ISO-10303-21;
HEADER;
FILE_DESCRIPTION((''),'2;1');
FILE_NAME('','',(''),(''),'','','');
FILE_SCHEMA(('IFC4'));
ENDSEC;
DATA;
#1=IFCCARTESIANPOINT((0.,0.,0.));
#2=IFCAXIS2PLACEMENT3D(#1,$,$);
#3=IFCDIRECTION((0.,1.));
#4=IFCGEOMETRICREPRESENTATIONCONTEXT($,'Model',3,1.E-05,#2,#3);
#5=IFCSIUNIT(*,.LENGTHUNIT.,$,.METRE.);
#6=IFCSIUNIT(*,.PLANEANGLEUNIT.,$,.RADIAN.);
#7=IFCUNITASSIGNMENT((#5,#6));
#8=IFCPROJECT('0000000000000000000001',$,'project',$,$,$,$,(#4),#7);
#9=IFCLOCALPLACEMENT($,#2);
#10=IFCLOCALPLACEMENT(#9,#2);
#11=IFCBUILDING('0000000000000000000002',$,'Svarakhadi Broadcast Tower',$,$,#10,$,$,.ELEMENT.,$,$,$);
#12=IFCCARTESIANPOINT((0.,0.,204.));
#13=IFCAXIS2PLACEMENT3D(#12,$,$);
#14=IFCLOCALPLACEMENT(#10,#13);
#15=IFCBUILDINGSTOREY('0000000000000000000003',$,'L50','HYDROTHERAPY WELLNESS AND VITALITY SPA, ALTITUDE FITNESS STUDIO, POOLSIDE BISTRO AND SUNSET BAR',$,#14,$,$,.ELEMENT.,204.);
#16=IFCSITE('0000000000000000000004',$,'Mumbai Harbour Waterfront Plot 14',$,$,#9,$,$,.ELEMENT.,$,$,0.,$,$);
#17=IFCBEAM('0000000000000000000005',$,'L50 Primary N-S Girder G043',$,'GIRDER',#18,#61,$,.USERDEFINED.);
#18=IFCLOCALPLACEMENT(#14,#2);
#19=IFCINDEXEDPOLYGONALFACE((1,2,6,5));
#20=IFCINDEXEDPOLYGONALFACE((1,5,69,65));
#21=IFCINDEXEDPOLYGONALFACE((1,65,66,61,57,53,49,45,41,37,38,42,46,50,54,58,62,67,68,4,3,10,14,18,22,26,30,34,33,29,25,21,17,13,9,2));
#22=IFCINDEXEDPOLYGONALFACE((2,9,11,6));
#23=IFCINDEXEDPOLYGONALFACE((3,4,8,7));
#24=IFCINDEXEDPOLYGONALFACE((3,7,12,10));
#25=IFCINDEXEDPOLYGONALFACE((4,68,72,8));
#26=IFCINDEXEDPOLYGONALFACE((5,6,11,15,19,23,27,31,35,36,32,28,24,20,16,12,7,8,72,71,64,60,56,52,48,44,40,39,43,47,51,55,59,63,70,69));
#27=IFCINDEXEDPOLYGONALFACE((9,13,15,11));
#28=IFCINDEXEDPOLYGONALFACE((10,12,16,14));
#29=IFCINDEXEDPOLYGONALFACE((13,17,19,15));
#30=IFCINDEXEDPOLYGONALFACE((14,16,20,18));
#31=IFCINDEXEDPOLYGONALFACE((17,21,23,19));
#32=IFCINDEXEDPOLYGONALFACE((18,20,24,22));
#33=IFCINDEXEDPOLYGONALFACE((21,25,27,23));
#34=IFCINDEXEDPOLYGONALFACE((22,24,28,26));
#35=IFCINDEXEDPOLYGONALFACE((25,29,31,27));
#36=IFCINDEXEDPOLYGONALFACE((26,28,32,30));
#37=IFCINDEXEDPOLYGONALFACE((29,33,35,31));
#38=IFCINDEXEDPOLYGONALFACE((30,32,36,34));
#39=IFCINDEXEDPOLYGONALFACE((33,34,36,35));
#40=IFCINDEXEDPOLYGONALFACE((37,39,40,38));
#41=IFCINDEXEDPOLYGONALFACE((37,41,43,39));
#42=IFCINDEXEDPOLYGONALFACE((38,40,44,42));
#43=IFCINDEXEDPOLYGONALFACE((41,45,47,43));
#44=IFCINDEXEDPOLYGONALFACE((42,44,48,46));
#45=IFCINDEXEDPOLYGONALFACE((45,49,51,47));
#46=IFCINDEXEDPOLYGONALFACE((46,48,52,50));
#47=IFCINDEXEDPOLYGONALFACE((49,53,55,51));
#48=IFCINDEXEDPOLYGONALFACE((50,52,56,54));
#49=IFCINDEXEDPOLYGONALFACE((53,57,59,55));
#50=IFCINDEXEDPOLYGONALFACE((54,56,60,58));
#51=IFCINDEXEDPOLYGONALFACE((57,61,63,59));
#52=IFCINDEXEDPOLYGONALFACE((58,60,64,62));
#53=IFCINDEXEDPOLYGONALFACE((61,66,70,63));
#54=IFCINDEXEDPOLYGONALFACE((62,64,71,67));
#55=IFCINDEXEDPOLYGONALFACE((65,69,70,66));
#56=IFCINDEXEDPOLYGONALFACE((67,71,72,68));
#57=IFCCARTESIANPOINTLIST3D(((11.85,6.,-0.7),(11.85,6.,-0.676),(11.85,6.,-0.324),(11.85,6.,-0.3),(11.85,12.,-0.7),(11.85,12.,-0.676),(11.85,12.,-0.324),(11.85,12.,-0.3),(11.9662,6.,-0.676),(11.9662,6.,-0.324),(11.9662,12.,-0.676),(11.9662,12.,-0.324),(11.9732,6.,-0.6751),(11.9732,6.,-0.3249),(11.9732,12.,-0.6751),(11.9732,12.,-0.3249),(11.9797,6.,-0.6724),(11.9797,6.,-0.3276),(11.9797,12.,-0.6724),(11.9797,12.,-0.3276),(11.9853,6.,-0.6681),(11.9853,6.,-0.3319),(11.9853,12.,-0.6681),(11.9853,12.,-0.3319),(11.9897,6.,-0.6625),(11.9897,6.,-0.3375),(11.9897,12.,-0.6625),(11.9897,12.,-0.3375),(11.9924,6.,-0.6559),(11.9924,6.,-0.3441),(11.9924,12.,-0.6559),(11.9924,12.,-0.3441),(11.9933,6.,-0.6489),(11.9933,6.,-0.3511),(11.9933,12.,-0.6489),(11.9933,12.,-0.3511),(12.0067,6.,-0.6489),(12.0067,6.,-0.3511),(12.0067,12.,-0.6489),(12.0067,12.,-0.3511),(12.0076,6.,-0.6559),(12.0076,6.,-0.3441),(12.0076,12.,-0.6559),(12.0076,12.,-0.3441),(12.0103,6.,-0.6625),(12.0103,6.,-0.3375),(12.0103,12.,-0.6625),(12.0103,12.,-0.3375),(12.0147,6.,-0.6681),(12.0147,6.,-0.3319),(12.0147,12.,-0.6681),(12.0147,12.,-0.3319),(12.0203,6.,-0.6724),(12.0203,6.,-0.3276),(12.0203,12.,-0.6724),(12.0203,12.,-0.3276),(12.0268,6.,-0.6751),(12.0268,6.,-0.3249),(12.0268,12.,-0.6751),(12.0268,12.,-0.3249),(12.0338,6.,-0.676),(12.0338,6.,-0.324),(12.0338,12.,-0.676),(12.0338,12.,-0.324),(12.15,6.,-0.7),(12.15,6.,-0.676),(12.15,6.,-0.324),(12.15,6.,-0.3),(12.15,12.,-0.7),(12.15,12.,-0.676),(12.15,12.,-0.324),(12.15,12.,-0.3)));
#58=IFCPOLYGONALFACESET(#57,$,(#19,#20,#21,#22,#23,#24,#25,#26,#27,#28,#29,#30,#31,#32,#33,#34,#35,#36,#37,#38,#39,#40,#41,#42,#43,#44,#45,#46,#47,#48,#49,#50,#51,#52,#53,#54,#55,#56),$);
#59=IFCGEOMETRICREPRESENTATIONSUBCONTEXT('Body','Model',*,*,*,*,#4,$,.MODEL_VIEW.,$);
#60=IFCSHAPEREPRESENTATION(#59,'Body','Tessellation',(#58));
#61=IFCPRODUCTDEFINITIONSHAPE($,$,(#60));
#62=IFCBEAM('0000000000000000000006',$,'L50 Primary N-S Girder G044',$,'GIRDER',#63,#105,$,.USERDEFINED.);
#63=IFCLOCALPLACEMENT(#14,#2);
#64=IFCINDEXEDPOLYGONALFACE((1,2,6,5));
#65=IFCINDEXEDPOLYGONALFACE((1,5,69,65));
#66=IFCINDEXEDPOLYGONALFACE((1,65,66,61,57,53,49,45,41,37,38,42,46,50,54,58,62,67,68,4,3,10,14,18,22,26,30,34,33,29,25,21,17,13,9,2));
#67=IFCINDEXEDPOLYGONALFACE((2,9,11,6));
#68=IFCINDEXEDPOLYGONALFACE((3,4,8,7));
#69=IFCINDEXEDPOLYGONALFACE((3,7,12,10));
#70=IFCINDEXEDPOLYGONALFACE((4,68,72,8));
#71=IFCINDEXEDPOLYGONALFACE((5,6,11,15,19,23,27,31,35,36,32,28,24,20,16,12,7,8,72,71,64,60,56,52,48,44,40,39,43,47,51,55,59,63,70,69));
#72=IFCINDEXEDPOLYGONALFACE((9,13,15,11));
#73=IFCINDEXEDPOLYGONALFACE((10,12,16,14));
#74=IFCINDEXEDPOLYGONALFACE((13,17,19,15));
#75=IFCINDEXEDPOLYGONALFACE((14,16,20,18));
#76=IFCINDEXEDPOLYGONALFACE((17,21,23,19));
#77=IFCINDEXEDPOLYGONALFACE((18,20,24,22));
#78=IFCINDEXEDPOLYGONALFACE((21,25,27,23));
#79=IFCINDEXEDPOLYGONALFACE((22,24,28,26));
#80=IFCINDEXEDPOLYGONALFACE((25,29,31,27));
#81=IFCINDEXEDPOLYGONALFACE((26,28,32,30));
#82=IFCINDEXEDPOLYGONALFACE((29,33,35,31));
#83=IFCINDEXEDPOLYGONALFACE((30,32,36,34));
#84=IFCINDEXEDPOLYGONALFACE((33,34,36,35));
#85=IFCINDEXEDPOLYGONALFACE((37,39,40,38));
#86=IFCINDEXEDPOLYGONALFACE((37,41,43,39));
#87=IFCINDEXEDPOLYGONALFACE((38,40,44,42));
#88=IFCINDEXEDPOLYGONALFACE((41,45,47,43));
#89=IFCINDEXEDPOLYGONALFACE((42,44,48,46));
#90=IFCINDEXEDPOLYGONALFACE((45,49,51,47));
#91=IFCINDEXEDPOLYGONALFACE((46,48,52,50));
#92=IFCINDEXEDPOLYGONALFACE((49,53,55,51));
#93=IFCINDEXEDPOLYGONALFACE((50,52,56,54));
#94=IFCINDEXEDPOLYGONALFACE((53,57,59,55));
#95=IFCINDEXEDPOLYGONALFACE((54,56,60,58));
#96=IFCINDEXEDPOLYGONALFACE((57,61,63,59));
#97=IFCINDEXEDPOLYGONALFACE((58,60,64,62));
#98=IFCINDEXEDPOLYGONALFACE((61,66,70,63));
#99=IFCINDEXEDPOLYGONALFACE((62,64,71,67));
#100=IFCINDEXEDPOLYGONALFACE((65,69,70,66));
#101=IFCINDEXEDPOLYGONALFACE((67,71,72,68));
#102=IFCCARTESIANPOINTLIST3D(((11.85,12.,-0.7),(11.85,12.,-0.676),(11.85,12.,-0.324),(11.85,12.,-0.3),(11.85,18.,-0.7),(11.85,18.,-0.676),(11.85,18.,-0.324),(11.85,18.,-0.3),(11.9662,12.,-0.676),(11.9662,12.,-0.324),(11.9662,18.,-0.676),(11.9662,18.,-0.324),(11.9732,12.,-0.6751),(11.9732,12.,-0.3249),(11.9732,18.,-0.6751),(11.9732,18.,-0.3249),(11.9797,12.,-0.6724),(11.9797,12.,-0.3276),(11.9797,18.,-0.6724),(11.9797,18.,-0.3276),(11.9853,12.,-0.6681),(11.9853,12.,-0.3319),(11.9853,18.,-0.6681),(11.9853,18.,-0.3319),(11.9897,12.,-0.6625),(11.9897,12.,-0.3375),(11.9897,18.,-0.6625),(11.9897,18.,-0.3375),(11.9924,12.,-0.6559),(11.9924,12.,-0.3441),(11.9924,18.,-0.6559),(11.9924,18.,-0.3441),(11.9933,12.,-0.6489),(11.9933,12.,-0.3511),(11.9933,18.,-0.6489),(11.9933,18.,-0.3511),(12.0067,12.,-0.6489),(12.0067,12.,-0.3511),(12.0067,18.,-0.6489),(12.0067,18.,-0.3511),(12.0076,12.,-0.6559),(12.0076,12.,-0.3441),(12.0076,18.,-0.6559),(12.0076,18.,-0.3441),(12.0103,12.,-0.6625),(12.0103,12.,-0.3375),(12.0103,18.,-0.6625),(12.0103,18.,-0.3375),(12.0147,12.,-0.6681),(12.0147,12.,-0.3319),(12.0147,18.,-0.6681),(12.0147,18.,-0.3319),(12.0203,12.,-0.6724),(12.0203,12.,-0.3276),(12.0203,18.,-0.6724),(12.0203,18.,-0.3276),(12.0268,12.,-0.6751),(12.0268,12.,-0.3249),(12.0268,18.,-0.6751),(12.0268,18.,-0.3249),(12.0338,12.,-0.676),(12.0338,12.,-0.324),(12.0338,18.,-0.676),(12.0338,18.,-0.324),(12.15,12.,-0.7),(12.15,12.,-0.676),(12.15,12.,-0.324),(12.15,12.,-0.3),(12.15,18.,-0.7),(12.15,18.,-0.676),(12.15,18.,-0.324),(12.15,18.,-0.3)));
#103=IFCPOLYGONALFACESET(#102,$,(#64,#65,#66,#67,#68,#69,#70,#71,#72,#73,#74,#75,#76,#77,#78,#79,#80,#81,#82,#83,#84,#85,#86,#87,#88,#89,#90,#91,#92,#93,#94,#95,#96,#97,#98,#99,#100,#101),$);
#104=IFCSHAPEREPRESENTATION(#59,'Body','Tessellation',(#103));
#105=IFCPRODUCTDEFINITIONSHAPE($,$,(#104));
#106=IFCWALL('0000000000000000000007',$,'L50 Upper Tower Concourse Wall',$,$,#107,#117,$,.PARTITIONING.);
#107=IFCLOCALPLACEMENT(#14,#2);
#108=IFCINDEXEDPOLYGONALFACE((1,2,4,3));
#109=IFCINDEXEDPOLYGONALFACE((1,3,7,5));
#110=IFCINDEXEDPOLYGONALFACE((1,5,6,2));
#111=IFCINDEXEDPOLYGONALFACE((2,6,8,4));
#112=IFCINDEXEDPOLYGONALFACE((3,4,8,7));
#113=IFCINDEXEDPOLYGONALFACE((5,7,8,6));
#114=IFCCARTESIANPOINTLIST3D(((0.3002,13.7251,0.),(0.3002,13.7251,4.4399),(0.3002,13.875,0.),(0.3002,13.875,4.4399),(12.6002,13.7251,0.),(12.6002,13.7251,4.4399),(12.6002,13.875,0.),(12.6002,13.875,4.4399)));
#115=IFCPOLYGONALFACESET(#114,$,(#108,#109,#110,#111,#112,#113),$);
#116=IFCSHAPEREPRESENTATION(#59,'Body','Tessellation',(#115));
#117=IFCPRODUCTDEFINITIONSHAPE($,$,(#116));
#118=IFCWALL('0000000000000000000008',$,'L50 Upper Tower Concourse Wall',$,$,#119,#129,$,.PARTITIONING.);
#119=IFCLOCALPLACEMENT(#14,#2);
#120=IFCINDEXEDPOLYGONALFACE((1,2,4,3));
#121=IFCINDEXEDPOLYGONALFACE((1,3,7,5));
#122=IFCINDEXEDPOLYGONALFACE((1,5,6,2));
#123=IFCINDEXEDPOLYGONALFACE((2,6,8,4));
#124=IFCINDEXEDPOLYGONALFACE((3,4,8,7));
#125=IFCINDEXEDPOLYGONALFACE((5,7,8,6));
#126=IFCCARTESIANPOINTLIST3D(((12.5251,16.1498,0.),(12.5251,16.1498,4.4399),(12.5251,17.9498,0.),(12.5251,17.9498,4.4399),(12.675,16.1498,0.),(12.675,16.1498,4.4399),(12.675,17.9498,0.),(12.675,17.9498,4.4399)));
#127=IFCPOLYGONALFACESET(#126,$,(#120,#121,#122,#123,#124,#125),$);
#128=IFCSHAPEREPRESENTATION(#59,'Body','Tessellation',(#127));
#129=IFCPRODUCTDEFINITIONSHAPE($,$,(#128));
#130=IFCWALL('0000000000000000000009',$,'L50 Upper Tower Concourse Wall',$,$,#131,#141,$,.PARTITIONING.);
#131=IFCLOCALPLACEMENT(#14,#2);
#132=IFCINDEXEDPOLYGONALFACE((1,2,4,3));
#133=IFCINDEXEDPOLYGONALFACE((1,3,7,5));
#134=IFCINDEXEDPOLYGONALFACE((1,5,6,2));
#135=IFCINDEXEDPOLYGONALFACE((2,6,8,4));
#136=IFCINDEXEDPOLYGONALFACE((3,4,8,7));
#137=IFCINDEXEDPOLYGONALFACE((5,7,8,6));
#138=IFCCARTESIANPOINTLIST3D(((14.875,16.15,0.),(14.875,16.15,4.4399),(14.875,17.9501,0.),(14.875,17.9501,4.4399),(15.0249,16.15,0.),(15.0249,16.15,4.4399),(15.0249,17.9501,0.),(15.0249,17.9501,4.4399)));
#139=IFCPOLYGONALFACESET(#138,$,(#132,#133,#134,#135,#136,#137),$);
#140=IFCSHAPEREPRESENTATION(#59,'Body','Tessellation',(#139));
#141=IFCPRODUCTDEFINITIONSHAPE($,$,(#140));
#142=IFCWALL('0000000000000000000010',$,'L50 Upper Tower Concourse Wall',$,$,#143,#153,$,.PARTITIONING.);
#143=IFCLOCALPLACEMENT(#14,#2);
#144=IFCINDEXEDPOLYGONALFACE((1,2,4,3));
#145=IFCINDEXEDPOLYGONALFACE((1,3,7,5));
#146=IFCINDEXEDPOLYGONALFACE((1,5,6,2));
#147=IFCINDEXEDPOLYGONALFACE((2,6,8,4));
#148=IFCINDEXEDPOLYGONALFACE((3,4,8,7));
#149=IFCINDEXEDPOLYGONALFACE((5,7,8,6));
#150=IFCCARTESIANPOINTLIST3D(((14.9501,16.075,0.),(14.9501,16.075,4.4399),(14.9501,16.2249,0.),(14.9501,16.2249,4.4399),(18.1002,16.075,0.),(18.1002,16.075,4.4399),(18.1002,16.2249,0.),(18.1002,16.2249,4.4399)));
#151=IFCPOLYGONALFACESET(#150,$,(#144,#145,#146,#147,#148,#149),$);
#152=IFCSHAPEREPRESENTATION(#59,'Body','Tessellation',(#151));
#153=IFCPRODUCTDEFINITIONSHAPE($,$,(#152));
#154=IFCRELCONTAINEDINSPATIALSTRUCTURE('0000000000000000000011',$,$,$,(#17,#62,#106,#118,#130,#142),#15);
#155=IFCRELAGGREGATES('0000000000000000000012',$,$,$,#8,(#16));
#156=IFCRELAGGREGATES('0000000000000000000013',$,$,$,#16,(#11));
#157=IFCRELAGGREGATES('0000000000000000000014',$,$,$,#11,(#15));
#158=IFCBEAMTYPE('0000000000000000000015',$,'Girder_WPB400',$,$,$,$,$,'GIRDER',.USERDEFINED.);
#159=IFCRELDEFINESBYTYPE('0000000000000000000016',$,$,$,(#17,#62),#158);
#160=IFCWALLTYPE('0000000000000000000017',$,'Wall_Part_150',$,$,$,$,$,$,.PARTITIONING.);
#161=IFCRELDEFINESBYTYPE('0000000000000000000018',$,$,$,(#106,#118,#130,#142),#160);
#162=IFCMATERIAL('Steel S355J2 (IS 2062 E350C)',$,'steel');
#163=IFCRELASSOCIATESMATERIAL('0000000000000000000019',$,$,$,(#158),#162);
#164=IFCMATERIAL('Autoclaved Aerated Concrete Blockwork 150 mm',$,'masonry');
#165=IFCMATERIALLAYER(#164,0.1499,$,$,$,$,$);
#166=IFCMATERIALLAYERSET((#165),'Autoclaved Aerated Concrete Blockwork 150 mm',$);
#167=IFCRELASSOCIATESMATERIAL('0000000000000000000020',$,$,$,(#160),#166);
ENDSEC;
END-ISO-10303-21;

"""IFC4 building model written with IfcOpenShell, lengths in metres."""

from ifc_helpers import new_model, si_unit, direction, frame, frame_2d, origin, origin_2d, place, context, subcontext, project, spatial, rectangle, i_section, extrude, material, layer, layer_set, material_profile, profile_set, type_object, element, save


model = new_model("IFC4")

# Units and contexts
model_context = context("Model", 3, precision=1e-05, world=origin(), true_north=direction((0.0, 1.0)))
body_context = subcontext(model_context, "Body", "Model", "MODEL_VIEW")
ifc_project = project(units=[si_unit("LENGTHUNIT", "METRE"), si_unit("PLANEANGLEUNIT", "RADIAN")], contexts=[model_context])

# Site, building, storey
site_placement = place(None, origin())
site = spatial("IfcSite", under=ifc_project, at=site_placement, Name="Mumbai Harbour Waterfront Plot 14", CompositionType="ELEMENT", RefElevation=0.0)
building_placement = place(site_placement, origin())
building = spatial("IfcBuilding", under=site, at=building_placement, Name="Svarakhadi Broadcast Tower", CompositionType="ELEMENT")
storey_placement = place(building_placement, frame((0.0, 0.0, 204.0)))
storey = spatial("IfcBuildingStorey", under=building, at=storey_placement, Name="L50", Description="HYDROTHERAPY WELLNESS AND VITALITY SPA, ALTITUDE FITNESS STUDIO, POOLSIDE BISTRO AND SUNSET BAR", CompositionType="ELEMENT", Elevation=204.0)

# Beams
ifc_material_1 = material(Name="Steel S355J2 (IS 2062 E350C)", Category="steel")
ifc_material_profile_1 = material_profile(ifc_material_1, i_section(OverallWidth=0.3, OverallDepth=0.3999, WebThickness=0.0134, FlangeThickness=0.0239, FilletRadius=0.0271, at=origin_2d()), Name="WPB 400x300x155")
ifc_profile_set_1 = profile_set([ifc_material_profile_1], Name="Steel S355J2 (IS 2062 E350C)")
beam_type_1 = type_object("IfcBeamType", Name="Girder_WPB400", ElementType="GIRDER", PredefinedType="USERDEFINED", material=ifc_profile_set_1)
for number, where, z_axis, x_axis, name in (
    (1, (12.0, 6.0, -0.5), (0.0, 1.0, 0.0), (-1.0, 0.0, 0.0), "L50 Primary N-S Girder G043"),
    (2, (12.0, 12.0, -0.5), (0.0, 1.0, 0.0), (-1.0, 0.0, 0.0), "L50 Primary N-S Girder G044"),
):
    element("IfcBeam", number, at=place(storey_placement, frame(where, z_axis=z_axis, x_axis=x_axis)), inside=storey, type_object=beam_type_1, Name=name, ObjectType="GIRDER", PredefinedType="USERDEFINED", context=body_context, shape_type="SweptSolid", body=[
        extrude(i_section(OverallWidth=0.3, OverallDepth=0.3999, WebThickness=0.0134, FlangeThickness=0.0239, FilletRadius=0.0271, at=origin_2d()), origin(), (0.0, 0.0, 1.0), 6.0),
    ])

# Walls
ifc_material_2 = material(Name="Autoclaved Aerated Concrete Blockwork 150 mm", Category="masonry")
ifc_layer = layer(ifc_material_2, 0.1499)
ifc_layer_set = layer_set([ifc_layer], Name="Autoclaved Aerated Concrete Blockwork 150 mm")
wall_type = type_object("IfcWallType", Name="Wall_Part_150", PredefinedType="PARTITIONING", material=ifc_layer_set)
wall_1_placement = place(storey_placement, frame((12.6001, 13.8, 0.0), z_axis=(0.0, 0.0, 1.0), x_axis=(-1.0, 0.0, 0.0)))
element("IfcWall", 3, at=wall_1_placement, inside=storey, type_object=wall_type, Name="L50 Upper Tower Concourse Wall", PredefinedType="PARTITIONING", context=body_context, shape_type="SweptSolid", body=[
    extrude(rectangle(XDim=12.3, YDim=0.1499, at=frame_2d((6.1499, 0.0))), origin(), (0.0, 0.0, 1.0), 4.4399),
])
for number, where, z_axis, x_axis, name in (
    (4, (12.6001, 16.1499, 0.0), (0.0, 0.0, 1.0), (0.0, 1.0, 0.0), "L50 Upper Tower Concourse Wall"),
    (5, (14.95, 17.95, 0.0), (0.0, 0.0, 1.0), (0.0, -1.0, 0.0), "L50 Upper Tower Concourse Wall"),
):
    element("IfcWall", number, at=place(storey_placement, frame(where, z_axis=z_axis, x_axis=x_axis)), inside=storey, type_object=wall_type, Name=name, PredefinedType="PARTITIONING", context=body_context, shape_type="SweptSolid", body=[
        extrude(rectangle(XDim=1.8, YDim=0.1499, at=frame_2d((0.8999, 0.0))), origin(), (0.0, 0.0, 1.0), 4.4399),
    ])
wall_2_placement = place(storey_placement, frame((14.95, 16.1499, 0.0), z_axis=(0.0, 0.0, 1.0), x_axis=(1.0, 0.0, 0.0)))
element("IfcWall", 6, at=wall_2_placement, inside=storey, type_object=wall_type, Name="L50 Upper Tower Concourse Wall", PredefinedType="PARTITIONING", context=body_context, shape_type="SweptSolid", body=[
    extrude(rectangle(XDim=3.1501, YDim=0.1499, at=frame_2d((1.5752, 0.0))), origin(), (0.0, 0.0, 1.0), 4.4399),
])

save(model, "model.ifc")
